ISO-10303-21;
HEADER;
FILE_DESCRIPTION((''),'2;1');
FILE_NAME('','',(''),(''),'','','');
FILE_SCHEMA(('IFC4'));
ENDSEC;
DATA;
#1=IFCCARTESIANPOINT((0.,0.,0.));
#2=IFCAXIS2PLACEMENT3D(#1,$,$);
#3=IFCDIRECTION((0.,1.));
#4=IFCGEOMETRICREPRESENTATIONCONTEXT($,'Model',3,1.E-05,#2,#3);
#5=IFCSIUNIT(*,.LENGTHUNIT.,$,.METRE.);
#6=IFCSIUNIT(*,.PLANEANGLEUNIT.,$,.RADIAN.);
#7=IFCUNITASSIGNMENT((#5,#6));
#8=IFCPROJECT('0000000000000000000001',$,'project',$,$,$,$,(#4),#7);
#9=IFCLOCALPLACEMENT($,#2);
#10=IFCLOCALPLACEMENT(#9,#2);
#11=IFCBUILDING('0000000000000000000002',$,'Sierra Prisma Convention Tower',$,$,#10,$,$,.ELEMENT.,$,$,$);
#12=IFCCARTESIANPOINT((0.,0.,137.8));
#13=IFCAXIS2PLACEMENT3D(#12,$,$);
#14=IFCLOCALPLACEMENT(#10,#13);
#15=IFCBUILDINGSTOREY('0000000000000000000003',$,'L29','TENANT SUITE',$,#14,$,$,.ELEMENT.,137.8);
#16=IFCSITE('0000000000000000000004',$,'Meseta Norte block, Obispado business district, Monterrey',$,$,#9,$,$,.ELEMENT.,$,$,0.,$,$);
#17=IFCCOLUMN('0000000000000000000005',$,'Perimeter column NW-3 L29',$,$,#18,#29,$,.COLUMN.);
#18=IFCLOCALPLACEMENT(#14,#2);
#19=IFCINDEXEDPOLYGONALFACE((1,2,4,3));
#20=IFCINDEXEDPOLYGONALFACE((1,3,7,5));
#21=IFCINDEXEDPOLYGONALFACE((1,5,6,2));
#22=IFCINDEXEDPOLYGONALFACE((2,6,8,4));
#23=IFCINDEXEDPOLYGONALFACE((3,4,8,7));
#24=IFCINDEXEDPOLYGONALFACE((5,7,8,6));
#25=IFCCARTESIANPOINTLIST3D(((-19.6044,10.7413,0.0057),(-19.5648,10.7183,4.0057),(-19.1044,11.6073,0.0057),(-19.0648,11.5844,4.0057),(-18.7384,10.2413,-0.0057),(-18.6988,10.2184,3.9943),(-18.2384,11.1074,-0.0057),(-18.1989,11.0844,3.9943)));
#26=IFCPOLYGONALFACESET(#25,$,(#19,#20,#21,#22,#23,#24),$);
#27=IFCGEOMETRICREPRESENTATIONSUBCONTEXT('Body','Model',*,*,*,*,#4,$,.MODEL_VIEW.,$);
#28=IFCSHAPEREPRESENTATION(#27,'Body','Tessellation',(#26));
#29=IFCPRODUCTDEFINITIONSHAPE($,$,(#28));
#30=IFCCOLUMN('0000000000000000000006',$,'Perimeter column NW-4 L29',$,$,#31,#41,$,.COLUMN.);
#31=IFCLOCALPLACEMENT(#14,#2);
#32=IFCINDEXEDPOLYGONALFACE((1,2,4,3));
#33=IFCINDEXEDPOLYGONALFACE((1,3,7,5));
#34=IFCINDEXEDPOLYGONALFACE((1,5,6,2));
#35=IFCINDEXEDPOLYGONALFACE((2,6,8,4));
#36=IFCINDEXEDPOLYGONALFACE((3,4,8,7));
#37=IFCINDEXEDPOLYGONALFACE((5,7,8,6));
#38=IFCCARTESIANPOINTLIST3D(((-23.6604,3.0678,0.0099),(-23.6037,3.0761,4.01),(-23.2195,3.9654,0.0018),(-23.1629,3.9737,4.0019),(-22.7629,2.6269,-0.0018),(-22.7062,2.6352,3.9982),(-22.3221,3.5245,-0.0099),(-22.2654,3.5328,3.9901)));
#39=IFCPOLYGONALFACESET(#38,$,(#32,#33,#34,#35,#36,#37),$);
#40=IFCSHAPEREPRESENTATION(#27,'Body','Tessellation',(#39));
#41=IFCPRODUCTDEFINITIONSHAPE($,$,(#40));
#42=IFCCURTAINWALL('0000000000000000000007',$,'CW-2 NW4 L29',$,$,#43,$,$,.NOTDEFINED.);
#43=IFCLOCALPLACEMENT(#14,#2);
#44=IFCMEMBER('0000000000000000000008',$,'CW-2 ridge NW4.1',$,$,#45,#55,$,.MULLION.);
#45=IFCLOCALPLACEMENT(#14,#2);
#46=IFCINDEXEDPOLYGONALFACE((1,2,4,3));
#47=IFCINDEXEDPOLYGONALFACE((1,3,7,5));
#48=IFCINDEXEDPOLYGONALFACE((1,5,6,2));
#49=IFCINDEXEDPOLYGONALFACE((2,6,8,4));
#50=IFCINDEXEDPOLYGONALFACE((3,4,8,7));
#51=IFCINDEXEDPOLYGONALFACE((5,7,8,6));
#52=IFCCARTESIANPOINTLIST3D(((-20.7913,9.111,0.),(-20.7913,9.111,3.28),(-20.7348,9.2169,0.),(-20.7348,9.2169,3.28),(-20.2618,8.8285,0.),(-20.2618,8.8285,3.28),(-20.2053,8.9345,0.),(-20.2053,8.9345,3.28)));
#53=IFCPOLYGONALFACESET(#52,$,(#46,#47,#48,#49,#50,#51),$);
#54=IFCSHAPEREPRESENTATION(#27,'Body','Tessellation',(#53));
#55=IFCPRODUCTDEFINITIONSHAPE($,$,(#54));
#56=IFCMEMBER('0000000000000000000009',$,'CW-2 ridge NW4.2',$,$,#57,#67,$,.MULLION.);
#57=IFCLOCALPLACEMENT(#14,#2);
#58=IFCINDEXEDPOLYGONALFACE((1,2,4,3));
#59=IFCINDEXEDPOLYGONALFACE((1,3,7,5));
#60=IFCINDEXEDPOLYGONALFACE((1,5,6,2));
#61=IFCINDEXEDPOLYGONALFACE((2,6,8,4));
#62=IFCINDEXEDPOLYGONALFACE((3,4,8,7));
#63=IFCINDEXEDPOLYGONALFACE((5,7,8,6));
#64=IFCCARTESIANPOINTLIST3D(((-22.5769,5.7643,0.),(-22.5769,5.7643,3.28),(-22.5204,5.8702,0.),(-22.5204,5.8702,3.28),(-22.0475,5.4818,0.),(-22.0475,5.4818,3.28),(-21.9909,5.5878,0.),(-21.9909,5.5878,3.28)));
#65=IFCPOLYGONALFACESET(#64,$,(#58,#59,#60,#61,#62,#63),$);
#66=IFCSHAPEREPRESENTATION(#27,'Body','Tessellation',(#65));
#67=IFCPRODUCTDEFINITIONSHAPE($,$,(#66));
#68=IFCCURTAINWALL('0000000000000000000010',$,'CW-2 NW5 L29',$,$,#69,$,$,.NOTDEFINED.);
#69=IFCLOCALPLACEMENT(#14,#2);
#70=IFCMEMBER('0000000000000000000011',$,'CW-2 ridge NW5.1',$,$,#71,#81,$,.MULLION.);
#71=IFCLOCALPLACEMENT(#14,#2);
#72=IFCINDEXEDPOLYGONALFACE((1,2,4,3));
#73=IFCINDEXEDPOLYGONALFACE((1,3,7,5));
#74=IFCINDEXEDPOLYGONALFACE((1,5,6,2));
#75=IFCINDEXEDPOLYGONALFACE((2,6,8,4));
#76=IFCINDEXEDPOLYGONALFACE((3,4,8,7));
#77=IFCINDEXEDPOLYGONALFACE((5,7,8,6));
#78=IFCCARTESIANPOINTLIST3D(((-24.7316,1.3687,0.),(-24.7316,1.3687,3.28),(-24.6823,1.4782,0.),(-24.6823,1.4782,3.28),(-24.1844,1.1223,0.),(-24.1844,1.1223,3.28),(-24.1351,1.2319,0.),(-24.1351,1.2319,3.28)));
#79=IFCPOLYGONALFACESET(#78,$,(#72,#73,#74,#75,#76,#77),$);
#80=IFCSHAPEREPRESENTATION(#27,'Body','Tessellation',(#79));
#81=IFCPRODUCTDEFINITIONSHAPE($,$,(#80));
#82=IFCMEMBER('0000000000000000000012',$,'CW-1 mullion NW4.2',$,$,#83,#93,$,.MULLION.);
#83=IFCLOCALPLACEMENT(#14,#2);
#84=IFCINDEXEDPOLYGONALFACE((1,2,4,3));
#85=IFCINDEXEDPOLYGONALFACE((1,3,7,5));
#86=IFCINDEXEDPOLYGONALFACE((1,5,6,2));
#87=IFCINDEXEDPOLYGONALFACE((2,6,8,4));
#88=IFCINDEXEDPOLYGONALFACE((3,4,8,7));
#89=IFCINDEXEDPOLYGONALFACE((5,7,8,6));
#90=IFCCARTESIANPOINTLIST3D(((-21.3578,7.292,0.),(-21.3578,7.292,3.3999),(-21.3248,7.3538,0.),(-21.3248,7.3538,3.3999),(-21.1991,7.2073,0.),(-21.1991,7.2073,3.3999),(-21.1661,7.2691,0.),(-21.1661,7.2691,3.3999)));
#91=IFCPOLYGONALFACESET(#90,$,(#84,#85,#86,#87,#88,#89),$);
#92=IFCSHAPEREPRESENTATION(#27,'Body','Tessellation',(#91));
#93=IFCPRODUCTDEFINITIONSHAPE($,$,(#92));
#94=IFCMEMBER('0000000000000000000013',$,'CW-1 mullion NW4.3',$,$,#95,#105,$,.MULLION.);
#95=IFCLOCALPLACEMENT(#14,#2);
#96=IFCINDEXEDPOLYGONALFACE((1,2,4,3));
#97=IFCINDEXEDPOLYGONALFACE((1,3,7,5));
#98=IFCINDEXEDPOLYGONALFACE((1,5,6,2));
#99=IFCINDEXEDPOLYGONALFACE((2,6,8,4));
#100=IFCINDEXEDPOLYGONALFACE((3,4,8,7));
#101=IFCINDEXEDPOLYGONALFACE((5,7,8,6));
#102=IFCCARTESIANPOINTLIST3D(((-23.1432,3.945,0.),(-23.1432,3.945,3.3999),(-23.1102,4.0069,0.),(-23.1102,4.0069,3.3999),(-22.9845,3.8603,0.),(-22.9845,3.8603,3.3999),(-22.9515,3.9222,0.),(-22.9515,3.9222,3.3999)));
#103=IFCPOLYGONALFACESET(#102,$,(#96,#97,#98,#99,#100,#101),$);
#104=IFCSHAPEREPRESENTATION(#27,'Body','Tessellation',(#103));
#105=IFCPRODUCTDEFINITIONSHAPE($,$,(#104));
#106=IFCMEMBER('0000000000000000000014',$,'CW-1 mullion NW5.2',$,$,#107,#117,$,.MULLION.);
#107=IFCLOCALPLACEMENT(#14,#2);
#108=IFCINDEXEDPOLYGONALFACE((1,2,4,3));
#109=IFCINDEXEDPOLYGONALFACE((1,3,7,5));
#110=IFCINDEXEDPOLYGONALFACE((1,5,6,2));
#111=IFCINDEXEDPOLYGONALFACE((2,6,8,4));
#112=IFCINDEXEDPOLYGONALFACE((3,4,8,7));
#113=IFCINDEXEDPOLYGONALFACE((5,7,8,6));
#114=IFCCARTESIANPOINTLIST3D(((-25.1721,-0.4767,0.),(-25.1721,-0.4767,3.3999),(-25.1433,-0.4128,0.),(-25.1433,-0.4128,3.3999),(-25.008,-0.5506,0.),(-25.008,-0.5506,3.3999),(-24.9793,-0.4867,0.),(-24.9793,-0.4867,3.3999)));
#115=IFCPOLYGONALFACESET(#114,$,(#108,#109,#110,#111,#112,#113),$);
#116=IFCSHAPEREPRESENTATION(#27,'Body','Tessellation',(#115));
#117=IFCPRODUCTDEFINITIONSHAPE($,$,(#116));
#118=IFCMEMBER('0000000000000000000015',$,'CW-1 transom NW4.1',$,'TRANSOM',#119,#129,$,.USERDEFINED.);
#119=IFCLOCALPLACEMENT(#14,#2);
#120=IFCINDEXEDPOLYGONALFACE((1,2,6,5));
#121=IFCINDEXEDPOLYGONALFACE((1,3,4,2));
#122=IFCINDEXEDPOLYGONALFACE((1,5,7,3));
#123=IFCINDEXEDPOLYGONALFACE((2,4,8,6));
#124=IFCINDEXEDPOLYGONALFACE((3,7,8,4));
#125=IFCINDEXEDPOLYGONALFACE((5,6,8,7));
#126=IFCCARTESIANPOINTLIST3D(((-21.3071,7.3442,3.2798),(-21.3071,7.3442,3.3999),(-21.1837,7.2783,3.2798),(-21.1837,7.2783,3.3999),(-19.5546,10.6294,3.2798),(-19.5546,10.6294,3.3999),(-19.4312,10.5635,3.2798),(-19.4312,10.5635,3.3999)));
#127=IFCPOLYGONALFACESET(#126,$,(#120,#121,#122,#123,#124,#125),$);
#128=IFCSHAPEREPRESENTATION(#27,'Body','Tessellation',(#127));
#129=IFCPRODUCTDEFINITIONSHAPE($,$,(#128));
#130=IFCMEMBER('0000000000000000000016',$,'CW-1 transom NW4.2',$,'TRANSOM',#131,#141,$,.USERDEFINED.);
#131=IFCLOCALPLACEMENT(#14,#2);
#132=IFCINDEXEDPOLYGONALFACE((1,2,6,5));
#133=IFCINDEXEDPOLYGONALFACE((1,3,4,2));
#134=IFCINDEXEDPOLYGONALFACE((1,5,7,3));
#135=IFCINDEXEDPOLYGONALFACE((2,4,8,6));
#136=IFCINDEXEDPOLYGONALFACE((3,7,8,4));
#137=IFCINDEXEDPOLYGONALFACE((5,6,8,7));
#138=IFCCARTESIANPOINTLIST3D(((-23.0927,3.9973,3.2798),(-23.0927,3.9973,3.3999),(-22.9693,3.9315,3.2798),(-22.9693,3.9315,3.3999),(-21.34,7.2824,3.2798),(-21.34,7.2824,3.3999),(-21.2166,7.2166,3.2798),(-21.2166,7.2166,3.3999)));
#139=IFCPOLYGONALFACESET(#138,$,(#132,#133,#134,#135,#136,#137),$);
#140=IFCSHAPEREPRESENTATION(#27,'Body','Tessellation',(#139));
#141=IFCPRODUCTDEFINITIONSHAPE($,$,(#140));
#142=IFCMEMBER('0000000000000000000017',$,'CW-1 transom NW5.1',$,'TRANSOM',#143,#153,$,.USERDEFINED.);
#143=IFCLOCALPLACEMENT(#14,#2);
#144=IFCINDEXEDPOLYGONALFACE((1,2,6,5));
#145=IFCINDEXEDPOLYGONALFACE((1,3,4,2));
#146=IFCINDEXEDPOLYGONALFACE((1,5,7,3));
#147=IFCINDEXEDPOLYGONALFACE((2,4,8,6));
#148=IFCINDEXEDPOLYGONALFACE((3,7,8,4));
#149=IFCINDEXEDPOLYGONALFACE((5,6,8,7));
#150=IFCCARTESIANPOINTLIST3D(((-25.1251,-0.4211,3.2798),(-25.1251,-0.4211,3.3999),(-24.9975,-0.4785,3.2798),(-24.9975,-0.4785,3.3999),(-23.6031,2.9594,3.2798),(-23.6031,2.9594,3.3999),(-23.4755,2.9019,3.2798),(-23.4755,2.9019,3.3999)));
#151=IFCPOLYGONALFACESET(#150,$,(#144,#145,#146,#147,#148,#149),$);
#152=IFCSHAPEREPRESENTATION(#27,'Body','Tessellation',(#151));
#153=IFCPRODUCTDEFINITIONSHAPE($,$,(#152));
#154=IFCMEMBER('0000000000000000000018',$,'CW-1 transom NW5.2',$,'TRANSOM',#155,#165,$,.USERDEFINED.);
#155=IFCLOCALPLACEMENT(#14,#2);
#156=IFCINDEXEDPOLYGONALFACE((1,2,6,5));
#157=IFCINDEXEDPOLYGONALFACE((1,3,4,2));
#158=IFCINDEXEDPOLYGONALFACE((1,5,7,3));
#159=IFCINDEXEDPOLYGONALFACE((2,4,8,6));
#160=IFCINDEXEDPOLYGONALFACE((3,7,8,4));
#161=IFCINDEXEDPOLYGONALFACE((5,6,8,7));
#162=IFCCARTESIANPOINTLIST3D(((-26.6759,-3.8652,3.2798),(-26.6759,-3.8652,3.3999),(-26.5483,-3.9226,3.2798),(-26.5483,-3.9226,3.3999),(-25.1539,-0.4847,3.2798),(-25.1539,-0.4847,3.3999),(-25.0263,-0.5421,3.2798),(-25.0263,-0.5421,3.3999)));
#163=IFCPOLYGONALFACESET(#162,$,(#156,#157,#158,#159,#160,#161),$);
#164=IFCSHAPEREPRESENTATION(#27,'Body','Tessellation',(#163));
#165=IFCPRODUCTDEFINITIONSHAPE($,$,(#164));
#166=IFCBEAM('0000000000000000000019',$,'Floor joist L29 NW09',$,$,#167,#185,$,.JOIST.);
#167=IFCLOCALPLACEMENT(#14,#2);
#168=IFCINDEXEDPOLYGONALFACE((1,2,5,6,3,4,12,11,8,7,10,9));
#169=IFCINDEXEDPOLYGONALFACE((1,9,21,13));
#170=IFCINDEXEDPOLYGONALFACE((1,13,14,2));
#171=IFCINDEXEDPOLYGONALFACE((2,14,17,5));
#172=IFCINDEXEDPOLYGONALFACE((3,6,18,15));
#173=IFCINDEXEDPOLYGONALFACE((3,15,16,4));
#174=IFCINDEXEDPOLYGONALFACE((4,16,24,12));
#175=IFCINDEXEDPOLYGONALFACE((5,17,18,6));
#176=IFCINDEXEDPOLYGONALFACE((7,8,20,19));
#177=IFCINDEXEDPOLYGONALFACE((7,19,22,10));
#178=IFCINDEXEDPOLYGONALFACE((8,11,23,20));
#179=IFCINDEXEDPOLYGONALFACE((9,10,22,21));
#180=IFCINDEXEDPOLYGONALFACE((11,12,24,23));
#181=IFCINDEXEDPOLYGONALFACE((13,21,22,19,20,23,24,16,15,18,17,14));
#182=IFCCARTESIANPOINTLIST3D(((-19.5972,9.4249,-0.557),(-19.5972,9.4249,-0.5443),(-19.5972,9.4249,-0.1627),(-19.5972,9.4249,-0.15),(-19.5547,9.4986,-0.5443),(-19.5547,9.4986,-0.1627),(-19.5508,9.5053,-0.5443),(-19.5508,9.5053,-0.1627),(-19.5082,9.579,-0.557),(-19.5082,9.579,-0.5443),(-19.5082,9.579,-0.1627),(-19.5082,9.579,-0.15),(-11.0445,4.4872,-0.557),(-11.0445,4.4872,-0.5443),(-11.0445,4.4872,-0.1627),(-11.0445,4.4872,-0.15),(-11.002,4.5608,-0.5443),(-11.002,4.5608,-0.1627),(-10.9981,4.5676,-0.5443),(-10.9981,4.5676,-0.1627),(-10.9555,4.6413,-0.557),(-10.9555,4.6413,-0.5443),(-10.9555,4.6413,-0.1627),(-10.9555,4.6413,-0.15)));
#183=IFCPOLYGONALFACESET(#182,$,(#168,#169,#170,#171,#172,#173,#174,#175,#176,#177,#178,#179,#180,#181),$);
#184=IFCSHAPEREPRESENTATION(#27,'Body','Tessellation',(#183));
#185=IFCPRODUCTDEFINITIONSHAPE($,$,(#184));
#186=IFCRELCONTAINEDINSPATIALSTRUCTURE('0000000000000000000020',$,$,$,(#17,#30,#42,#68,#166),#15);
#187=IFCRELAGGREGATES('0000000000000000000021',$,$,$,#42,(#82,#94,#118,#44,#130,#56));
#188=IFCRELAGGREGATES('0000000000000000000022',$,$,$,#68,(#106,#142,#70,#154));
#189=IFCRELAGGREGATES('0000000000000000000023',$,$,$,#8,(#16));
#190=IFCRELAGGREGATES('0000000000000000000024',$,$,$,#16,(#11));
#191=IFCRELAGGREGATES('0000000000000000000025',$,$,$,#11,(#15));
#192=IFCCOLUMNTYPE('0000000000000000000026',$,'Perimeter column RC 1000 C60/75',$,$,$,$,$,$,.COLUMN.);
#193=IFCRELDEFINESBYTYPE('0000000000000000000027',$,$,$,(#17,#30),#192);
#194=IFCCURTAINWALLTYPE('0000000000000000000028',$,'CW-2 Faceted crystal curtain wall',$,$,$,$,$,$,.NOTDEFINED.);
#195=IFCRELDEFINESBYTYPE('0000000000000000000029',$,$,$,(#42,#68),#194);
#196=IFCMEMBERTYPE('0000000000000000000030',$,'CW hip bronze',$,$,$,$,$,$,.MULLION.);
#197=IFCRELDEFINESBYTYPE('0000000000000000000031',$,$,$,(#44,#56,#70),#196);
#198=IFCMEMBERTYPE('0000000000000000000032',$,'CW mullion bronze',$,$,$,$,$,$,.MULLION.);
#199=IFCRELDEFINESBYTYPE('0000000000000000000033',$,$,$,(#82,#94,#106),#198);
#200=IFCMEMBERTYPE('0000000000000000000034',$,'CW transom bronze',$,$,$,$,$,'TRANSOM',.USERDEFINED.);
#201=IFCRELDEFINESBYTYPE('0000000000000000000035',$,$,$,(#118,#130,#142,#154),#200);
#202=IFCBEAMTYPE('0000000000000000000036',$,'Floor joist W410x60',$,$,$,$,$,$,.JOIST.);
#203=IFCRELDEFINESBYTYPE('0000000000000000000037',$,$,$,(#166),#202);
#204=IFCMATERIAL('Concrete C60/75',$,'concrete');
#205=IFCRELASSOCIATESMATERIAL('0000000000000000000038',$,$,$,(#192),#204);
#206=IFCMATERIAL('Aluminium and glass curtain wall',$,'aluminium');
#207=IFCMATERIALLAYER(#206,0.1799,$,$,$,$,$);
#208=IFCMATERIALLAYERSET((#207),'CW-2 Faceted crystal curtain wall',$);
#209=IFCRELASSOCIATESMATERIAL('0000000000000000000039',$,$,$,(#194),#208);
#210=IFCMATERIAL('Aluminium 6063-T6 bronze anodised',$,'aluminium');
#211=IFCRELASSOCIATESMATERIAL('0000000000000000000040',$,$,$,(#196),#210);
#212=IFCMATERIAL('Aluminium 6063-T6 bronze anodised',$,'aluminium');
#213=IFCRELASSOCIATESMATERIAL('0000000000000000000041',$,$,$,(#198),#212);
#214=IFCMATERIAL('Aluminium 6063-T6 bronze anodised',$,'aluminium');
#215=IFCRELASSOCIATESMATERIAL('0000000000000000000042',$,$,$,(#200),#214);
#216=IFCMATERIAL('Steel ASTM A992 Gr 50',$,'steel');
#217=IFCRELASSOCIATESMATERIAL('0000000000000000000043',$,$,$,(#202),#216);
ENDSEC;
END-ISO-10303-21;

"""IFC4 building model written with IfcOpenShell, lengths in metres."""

from ifc_helpers import new_model, si_unit, direction, frame, origin, origin_2d, place, context, subcontext, project, spatial, rectangle, i_section, extrude, material, layer, layer_set, material_profile, profile_set, type_object, element, aggregate, save


model = new_model("IFC4")

# Units and contexts
model_context = context("Model", 3, precision=1e-05, world=origin(), true_north=direction((0.0, 1.0)))
body_context = subcontext(model_context, "Body", "Model", "MODEL_VIEW")
ifc_project = project(units=[si_unit("LENGTHUNIT", "METRE"), si_unit("PLANEANGLEUNIT", "RADIAN")], contexts=[model_context])

# Site, building, storey
site_placement = place(None, origin())
site = spatial("IfcSite", under=ifc_project, at=site_placement, Name="Meseta Norte block, Obispado business district, Monterrey", CompositionType="ELEMENT", RefElevation=0.0)
building_placement = place(site_placement, origin())
building = spatial("IfcBuilding", under=site, at=building_placement, Name="Sierra Prisma Convention Tower", CompositionType="ELEMENT")
storey_placement = place(building_placement, frame((0.0, 0.0, 137.8)))
storey = spatial("IfcBuildingStorey", under=building, at=storey_placement, Name="L29", Description="TENANT SUITE", CompositionType="ELEMENT", Elevation=137.8)

# Columns
ifc_material_1 = material(Name="Concrete C60/75", Category="concrete")
ifc_material_profile_1 = material_profile(ifc_material_1, rectangle(XDim=1.0, YDim=1.0, at=origin_2d()), Name="Perimeter column RC 1000 C60/75")
ifc_profile_set_1 = profile_set([ifc_material_profile_1], Name="Concrete C60/75")
column_type = type_object("IfcColumnType", Name="Perimeter column RC 1000 C60/75", PredefinedType="COLUMN", material=ifc_profile_set_1)
column_1_placement = place(storey_placement, frame((-18.9214, 10.9243, 0.0), z_axis=(0.009887, -0.005737, 0.999935), x_axis=(0.499976, 0.86604, 0.000025)))
element("IfcColumn", 1, at=column_1_placement, inside=storey, type_object=column_type, Name="Perimeter column NW-3 L29", PredefinedType="COLUMN", context=body_context, shape_type="SweptSolid", body=[
    extrude(rectangle(XDim=1.0, YDim=1.0, at=origin_2d()), origin(), (0.0, 0.0, 1.0), 4.0002),
])
column_2_placement = place(storey_placement, frame((-22.9912, 3.2961, 0.0), z_axis=(0.014159, 0.002075, 0.999898), x_axis=(0.440837, 0.897551, -0.008105)))
element("IfcColumn", 2, at=column_2_placement, inside=storey, type_object=column_type, Name="Perimeter column NW-4 L29", PredefinedType="COLUMN", context=body_context, shape_type="SweptSolid", body=[
    extrude(rectangle(XDim=1.0, YDim=1.0, at=origin_2d()), origin(), (0.0, 0.0, 1.0), 4.0005),
])

# Curtain wall, members
ifc_material_2 = material(Name="Aluminium and glass curtain wall", Category="aluminium")
ifc_layer_1 = layer(ifc_material_2, 0.1799)
ifc_layer_set_1 = layer_set([ifc_layer_1], Name="CW-2 Faceted crystal curtain wall")
curtain_wall_type = type_object("IfcCurtainWallType", Name="CW-2 Faceted crystal curtain wall", PredefinedType="NOTDEFINED", material=ifc_layer_set_1)
curtain_wall_1_placement = place(storey_placement, origin())
curtain_wall_1 = element("IfcCurtainWall", 3, at=curtain_wall_1_placement, inside=storey, type_object=curtain_wall_type, Name="CW-2 NW4 L29", PredefinedType="NOTDEFINED")
ifc_material_3 = material(Name="Aluminium 6063-T6 bronze anodised", Category="aluminium")
ifc_material_profile_2 = material_profile(ifc_material_3, rectangle(XDim=0.1201, YDim=0.6001, at=origin_2d()), Name="ALU RIDGE BLADE 120x600")
ifc_profile_set_2 = profile_set([ifc_material_profile_2], Name="Aluminium 6063-T6 bronze anodised")
member_type_1 = type_object("IfcMemberType", Name="CW hip bronze", PredefinedType="MULLION", material=ifc_profile_set_2)
member_1_placement = place(storey_placement, frame((-20.4983, 9.0227, 0.0), z_axis=(0.0, 0.0, 1.0), x_axis=(-0.470705, -0.882291, 0.0)))
member_1 = element("IfcMember", 4, at=member_1_placement, type_object=member_type_1, Name="CW-2 ridge NW4.1", PredefinedType="MULLION", context=body_context, shape_type="SweptSolid", body=[
    extrude(rectangle(XDim=0.1201, YDim=0.6001, at=origin_2d()), origin(), (0.0, 0.0, 1.0), 3.28),
])
member_2_placement = place(storey_placement, frame((-22.2839, 5.676, 0.0), z_axis=(0.0, 0.0, 1.0), x_axis=(-0.470705, -0.882291, 0.0)))
member_2 = element("IfcMember", 5, at=member_2_placement, type_object=member_type_1, Name="CW-2 ridge NW4.2", PredefinedType="MULLION", context=body_context, shape_type="SweptSolid", body=[
    extrude(rectangle(XDim=0.1201, YDim=0.6001, at=origin_2d()), origin(), (0.0, 0.0, 1.0), 3.28),
])

# Curtain wall, member
curtain_wall_2_placement = place(storey_placement, origin())
curtain_wall_2 = element("IfcCurtainWall", 6, at=curtain_wall_2_placement, inside=storey, type_object=curtain_wall_type, Name="CW-2 NW5 L29", PredefinedType="NOTDEFINED")
member_3_placement = place(storey_placement, frame((-24.4333, 1.3003, 0.0), z_axis=(0.0, 0.0, 1.0), x_axis=(-0.410562, -0.911833, 0.0)))
member_3 = element("IfcMember", 7, at=member_3_placement, type_object=member_type_1, Name="CW-2 ridge NW5.1", PredefinedType="MULLION", context=body_context, shape_type="SweptSolid", body=[
    extrude(rectangle(XDim=0.1201, YDim=0.6001, at=origin_2d()), origin(), (0.0, 0.0, 1.0), 3.28),
])

# Members
ifc_material_4 = material(Name="Aluminium 6063-T6 bronze anodised", Category="aluminium")
ifc_material_profile_3 = material_profile(ifc_material_4, rectangle(XDim=0.1799, YDim=0.0701, at=origin_2d()), Name="ALU MULLION 70x180")
ifc_profile_set_3 = profile_set([ifc_material_profile_3], Name="Aluminium 6063-T6 bronze anodised")
member_type_2 = type_object("IfcMemberType", Name="CW mullion bronze", PredefinedType="MULLION", material=ifc_profile_set_3)
member_4_placement = place(storey_placement, frame((-21.262, 7.2805, 0.0), z_axis=(0.0, 0.0, 1.0), x_axis=(0.882291, -0.470705, 0.0)))
member_4 = element("IfcMember", 8, at=member_4_placement, type_object=member_type_2, Name="CW-1 mullion NW4.2", PredefinedType="MULLION", context=body_context, shape_type="SweptSolid", body=[
    extrude(rectangle(XDim=0.1799, YDim=0.0701, at=origin_2d()), origin(), (0.0, 0.0, 1.0), 3.3999),
])
member_5_placement = place(storey_placement, frame((-23.0474, 3.9336, 0.0), z_axis=(0.0, 0.0, 1.0), x_axis=(0.882291, -0.470705, 0.0)))
member_5 = element("IfcMember", 9, at=member_5_placement, type_object=member_type_2, Name="CW-1 mullion NW4.3", PredefinedType="MULLION", context=body_context, shape_type="SweptSolid", body=[
    extrude(rectangle(XDim=0.1799, YDim=0.0701, at=origin_2d()), origin(), (0.0, 0.0, 1.0), 3.3999),
])
member_6_placement = place(storey_placement, frame((-25.0757, -0.4817, 0.0), z_axis=(0.0, 0.0, 1.0), x_axis=(0.911833, -0.410562, 0.0)))
member_6 = element("IfcMember", 10, at=member_6_placement, type_object=member_type_2, Name="CW-1 mullion NW5.2", PredefinedType="MULLION", context=body_context, shape_type="SweptSolid", body=[
    extrude(rectangle(XDim=0.1799, YDim=0.0701, at=origin_2d()), origin(), (0.0, 0.0, 1.0), 3.3999),
])
ifc_material_5 = material(Name="Aluminium 6063-T6 bronze anodised", Category="aluminium")
ifc_material_profile_4 = material_profile(ifc_material_5, rectangle(XDim=0.1399, YDim=0.1201, at=origin_2d()), Name="ALU TRANSOM 120x140")
ifc_profile_set_4 = profile_set([ifc_material_profile_4], Name="Aluminium 6063-T6 bronze anodised")
member_type_3 = type_object("IfcMemberType", Name="CW transom bronze", ElementType="TRANSOM", PredefinedType="USERDEFINED", material=ifc_profile_set_4)
member_7_placement = place(storey_placement, frame((-19.4929, 10.5964, 3.3398), z_axis=(-0.470663, -0.882313, 0.0), x_axis=(0.882313, -0.470663, 0.0)))
member_7 = element("IfcMember", 11, at=member_7_placement, type_object=member_type_3, Name="CW-1 transom NW4.1", ObjectType="TRANSOM", PredefinedType="USERDEFINED", context=body_context, shape_type="SweptSolid", body=[
    extrude(rectangle(XDim=0.1399, YDim=0.1201, at=origin_2d()), origin(), (0.0, 0.0, 1.0), 3.7234),
])
member_8_placement = place(storey_placement, frame((-21.2783, 7.2495, 3.3398), z_axis=(-0.470714, -0.882286, 0.0), x_axis=(0.882286, -0.470714, 0.0)))
member_8 = element("IfcMember", 12, at=member_8_placement, type_object=member_type_3, Name="CW-1 transom NW4.2", ObjectType="TRANSOM", PredefinedType="USERDEFINED", context=body_context, shape_type="SweptSolid", body=[
    extrude(rectangle(XDim=0.1399, YDim=0.1201, at=origin_2d()), origin(), (0.0, 0.0, 1.0), 3.7234),
])
member_9_placement = place(storey_placement, frame((-23.5393, 2.9307, 3.3398), z_axis=(-0.410545, -0.91184, 0.0), x_axis=(0.91184, -0.410545, 0.0)))
member_9 = element("IfcMember", 13, at=member_9_placement, type_object=member_type_3, Name="CW-1 transom NW5.1", ObjectType="TRANSOM", PredefinedType="USERDEFINED", context=body_context, shape_type="SweptSolid", body=[
    extrude(rectangle(XDim=0.1399, YDim=0.1201, at=origin_2d()), origin(), (0.0, 0.0, 1.0), 3.7073),
])
member_10_placement = place(storey_placement, frame((-25.0901, -0.5134, 3.3398), z_axis=(-0.410545, -0.91184, 0.0), x_axis=(0.91184, -0.410545, 0.0)))
member_10 = element("IfcMember", 14, at=member_10_placement, type_object=member_type_3, Name="CW-1 transom NW5.2", ObjectType="TRANSOM", PredefinedType="USERDEFINED", context=body_context, shape_type="SweptSolid", body=[
    extrude(rectangle(XDim=0.1399, YDim=0.1201, at=origin_2d()), origin(), (0.0, 0.0, 1.0), 3.7073),
])

# Beam
ifc_material_6 = material(Name="Steel ASTM A992 Gr 50", Category="steel")
ifc_material_profile_5 = material_profile(ifc_material_6, i_section(OverallWidth=0.178, OverallDepth=0.407, WebThickness=0.0078, FlangeThickness=0.0127, at=origin_2d()), Name="W410x60")
ifc_profile_set_5 = profile_set([ifc_material_profile_5], Name="Steel ASTM A992 Gr 50")
beam_type_1 = type_object("IfcBeamType", Name="Floor joist W410x60", PredefinedType="JOIST", material=ifc_profile_set_5)
beam_1_placement = place(storey_placement, frame((-19.5527, 9.502, -0.3535), z_axis=(0.866033, -0.499986, 0.0), x_axis=(0.499986, 0.866033, 0.0)))
element("IfcBeam", 15, at=beam_1_placement, inside=storey, type_object=beam_type_1, Name="Floor joist L29 NW09", PredefinedType="JOIST", context=body_context, shape_type="SweptSolid", body=[
    extrude(i_section(OverallWidth=0.178, OverallDepth=0.407, WebThickness=0.0078, FlangeThickness=0.0127, at=origin_2d()), origin(), (0.0, 0.0, 1.0), 9.8757),
])

aggregate(curtain_wall_1, [member_4, member_5, member_7, member_1, member_8, member_2])
aggregate(curtain_wall_2, [member_6, member_9, member_3, member_10])

save(model, "model.ifc")
